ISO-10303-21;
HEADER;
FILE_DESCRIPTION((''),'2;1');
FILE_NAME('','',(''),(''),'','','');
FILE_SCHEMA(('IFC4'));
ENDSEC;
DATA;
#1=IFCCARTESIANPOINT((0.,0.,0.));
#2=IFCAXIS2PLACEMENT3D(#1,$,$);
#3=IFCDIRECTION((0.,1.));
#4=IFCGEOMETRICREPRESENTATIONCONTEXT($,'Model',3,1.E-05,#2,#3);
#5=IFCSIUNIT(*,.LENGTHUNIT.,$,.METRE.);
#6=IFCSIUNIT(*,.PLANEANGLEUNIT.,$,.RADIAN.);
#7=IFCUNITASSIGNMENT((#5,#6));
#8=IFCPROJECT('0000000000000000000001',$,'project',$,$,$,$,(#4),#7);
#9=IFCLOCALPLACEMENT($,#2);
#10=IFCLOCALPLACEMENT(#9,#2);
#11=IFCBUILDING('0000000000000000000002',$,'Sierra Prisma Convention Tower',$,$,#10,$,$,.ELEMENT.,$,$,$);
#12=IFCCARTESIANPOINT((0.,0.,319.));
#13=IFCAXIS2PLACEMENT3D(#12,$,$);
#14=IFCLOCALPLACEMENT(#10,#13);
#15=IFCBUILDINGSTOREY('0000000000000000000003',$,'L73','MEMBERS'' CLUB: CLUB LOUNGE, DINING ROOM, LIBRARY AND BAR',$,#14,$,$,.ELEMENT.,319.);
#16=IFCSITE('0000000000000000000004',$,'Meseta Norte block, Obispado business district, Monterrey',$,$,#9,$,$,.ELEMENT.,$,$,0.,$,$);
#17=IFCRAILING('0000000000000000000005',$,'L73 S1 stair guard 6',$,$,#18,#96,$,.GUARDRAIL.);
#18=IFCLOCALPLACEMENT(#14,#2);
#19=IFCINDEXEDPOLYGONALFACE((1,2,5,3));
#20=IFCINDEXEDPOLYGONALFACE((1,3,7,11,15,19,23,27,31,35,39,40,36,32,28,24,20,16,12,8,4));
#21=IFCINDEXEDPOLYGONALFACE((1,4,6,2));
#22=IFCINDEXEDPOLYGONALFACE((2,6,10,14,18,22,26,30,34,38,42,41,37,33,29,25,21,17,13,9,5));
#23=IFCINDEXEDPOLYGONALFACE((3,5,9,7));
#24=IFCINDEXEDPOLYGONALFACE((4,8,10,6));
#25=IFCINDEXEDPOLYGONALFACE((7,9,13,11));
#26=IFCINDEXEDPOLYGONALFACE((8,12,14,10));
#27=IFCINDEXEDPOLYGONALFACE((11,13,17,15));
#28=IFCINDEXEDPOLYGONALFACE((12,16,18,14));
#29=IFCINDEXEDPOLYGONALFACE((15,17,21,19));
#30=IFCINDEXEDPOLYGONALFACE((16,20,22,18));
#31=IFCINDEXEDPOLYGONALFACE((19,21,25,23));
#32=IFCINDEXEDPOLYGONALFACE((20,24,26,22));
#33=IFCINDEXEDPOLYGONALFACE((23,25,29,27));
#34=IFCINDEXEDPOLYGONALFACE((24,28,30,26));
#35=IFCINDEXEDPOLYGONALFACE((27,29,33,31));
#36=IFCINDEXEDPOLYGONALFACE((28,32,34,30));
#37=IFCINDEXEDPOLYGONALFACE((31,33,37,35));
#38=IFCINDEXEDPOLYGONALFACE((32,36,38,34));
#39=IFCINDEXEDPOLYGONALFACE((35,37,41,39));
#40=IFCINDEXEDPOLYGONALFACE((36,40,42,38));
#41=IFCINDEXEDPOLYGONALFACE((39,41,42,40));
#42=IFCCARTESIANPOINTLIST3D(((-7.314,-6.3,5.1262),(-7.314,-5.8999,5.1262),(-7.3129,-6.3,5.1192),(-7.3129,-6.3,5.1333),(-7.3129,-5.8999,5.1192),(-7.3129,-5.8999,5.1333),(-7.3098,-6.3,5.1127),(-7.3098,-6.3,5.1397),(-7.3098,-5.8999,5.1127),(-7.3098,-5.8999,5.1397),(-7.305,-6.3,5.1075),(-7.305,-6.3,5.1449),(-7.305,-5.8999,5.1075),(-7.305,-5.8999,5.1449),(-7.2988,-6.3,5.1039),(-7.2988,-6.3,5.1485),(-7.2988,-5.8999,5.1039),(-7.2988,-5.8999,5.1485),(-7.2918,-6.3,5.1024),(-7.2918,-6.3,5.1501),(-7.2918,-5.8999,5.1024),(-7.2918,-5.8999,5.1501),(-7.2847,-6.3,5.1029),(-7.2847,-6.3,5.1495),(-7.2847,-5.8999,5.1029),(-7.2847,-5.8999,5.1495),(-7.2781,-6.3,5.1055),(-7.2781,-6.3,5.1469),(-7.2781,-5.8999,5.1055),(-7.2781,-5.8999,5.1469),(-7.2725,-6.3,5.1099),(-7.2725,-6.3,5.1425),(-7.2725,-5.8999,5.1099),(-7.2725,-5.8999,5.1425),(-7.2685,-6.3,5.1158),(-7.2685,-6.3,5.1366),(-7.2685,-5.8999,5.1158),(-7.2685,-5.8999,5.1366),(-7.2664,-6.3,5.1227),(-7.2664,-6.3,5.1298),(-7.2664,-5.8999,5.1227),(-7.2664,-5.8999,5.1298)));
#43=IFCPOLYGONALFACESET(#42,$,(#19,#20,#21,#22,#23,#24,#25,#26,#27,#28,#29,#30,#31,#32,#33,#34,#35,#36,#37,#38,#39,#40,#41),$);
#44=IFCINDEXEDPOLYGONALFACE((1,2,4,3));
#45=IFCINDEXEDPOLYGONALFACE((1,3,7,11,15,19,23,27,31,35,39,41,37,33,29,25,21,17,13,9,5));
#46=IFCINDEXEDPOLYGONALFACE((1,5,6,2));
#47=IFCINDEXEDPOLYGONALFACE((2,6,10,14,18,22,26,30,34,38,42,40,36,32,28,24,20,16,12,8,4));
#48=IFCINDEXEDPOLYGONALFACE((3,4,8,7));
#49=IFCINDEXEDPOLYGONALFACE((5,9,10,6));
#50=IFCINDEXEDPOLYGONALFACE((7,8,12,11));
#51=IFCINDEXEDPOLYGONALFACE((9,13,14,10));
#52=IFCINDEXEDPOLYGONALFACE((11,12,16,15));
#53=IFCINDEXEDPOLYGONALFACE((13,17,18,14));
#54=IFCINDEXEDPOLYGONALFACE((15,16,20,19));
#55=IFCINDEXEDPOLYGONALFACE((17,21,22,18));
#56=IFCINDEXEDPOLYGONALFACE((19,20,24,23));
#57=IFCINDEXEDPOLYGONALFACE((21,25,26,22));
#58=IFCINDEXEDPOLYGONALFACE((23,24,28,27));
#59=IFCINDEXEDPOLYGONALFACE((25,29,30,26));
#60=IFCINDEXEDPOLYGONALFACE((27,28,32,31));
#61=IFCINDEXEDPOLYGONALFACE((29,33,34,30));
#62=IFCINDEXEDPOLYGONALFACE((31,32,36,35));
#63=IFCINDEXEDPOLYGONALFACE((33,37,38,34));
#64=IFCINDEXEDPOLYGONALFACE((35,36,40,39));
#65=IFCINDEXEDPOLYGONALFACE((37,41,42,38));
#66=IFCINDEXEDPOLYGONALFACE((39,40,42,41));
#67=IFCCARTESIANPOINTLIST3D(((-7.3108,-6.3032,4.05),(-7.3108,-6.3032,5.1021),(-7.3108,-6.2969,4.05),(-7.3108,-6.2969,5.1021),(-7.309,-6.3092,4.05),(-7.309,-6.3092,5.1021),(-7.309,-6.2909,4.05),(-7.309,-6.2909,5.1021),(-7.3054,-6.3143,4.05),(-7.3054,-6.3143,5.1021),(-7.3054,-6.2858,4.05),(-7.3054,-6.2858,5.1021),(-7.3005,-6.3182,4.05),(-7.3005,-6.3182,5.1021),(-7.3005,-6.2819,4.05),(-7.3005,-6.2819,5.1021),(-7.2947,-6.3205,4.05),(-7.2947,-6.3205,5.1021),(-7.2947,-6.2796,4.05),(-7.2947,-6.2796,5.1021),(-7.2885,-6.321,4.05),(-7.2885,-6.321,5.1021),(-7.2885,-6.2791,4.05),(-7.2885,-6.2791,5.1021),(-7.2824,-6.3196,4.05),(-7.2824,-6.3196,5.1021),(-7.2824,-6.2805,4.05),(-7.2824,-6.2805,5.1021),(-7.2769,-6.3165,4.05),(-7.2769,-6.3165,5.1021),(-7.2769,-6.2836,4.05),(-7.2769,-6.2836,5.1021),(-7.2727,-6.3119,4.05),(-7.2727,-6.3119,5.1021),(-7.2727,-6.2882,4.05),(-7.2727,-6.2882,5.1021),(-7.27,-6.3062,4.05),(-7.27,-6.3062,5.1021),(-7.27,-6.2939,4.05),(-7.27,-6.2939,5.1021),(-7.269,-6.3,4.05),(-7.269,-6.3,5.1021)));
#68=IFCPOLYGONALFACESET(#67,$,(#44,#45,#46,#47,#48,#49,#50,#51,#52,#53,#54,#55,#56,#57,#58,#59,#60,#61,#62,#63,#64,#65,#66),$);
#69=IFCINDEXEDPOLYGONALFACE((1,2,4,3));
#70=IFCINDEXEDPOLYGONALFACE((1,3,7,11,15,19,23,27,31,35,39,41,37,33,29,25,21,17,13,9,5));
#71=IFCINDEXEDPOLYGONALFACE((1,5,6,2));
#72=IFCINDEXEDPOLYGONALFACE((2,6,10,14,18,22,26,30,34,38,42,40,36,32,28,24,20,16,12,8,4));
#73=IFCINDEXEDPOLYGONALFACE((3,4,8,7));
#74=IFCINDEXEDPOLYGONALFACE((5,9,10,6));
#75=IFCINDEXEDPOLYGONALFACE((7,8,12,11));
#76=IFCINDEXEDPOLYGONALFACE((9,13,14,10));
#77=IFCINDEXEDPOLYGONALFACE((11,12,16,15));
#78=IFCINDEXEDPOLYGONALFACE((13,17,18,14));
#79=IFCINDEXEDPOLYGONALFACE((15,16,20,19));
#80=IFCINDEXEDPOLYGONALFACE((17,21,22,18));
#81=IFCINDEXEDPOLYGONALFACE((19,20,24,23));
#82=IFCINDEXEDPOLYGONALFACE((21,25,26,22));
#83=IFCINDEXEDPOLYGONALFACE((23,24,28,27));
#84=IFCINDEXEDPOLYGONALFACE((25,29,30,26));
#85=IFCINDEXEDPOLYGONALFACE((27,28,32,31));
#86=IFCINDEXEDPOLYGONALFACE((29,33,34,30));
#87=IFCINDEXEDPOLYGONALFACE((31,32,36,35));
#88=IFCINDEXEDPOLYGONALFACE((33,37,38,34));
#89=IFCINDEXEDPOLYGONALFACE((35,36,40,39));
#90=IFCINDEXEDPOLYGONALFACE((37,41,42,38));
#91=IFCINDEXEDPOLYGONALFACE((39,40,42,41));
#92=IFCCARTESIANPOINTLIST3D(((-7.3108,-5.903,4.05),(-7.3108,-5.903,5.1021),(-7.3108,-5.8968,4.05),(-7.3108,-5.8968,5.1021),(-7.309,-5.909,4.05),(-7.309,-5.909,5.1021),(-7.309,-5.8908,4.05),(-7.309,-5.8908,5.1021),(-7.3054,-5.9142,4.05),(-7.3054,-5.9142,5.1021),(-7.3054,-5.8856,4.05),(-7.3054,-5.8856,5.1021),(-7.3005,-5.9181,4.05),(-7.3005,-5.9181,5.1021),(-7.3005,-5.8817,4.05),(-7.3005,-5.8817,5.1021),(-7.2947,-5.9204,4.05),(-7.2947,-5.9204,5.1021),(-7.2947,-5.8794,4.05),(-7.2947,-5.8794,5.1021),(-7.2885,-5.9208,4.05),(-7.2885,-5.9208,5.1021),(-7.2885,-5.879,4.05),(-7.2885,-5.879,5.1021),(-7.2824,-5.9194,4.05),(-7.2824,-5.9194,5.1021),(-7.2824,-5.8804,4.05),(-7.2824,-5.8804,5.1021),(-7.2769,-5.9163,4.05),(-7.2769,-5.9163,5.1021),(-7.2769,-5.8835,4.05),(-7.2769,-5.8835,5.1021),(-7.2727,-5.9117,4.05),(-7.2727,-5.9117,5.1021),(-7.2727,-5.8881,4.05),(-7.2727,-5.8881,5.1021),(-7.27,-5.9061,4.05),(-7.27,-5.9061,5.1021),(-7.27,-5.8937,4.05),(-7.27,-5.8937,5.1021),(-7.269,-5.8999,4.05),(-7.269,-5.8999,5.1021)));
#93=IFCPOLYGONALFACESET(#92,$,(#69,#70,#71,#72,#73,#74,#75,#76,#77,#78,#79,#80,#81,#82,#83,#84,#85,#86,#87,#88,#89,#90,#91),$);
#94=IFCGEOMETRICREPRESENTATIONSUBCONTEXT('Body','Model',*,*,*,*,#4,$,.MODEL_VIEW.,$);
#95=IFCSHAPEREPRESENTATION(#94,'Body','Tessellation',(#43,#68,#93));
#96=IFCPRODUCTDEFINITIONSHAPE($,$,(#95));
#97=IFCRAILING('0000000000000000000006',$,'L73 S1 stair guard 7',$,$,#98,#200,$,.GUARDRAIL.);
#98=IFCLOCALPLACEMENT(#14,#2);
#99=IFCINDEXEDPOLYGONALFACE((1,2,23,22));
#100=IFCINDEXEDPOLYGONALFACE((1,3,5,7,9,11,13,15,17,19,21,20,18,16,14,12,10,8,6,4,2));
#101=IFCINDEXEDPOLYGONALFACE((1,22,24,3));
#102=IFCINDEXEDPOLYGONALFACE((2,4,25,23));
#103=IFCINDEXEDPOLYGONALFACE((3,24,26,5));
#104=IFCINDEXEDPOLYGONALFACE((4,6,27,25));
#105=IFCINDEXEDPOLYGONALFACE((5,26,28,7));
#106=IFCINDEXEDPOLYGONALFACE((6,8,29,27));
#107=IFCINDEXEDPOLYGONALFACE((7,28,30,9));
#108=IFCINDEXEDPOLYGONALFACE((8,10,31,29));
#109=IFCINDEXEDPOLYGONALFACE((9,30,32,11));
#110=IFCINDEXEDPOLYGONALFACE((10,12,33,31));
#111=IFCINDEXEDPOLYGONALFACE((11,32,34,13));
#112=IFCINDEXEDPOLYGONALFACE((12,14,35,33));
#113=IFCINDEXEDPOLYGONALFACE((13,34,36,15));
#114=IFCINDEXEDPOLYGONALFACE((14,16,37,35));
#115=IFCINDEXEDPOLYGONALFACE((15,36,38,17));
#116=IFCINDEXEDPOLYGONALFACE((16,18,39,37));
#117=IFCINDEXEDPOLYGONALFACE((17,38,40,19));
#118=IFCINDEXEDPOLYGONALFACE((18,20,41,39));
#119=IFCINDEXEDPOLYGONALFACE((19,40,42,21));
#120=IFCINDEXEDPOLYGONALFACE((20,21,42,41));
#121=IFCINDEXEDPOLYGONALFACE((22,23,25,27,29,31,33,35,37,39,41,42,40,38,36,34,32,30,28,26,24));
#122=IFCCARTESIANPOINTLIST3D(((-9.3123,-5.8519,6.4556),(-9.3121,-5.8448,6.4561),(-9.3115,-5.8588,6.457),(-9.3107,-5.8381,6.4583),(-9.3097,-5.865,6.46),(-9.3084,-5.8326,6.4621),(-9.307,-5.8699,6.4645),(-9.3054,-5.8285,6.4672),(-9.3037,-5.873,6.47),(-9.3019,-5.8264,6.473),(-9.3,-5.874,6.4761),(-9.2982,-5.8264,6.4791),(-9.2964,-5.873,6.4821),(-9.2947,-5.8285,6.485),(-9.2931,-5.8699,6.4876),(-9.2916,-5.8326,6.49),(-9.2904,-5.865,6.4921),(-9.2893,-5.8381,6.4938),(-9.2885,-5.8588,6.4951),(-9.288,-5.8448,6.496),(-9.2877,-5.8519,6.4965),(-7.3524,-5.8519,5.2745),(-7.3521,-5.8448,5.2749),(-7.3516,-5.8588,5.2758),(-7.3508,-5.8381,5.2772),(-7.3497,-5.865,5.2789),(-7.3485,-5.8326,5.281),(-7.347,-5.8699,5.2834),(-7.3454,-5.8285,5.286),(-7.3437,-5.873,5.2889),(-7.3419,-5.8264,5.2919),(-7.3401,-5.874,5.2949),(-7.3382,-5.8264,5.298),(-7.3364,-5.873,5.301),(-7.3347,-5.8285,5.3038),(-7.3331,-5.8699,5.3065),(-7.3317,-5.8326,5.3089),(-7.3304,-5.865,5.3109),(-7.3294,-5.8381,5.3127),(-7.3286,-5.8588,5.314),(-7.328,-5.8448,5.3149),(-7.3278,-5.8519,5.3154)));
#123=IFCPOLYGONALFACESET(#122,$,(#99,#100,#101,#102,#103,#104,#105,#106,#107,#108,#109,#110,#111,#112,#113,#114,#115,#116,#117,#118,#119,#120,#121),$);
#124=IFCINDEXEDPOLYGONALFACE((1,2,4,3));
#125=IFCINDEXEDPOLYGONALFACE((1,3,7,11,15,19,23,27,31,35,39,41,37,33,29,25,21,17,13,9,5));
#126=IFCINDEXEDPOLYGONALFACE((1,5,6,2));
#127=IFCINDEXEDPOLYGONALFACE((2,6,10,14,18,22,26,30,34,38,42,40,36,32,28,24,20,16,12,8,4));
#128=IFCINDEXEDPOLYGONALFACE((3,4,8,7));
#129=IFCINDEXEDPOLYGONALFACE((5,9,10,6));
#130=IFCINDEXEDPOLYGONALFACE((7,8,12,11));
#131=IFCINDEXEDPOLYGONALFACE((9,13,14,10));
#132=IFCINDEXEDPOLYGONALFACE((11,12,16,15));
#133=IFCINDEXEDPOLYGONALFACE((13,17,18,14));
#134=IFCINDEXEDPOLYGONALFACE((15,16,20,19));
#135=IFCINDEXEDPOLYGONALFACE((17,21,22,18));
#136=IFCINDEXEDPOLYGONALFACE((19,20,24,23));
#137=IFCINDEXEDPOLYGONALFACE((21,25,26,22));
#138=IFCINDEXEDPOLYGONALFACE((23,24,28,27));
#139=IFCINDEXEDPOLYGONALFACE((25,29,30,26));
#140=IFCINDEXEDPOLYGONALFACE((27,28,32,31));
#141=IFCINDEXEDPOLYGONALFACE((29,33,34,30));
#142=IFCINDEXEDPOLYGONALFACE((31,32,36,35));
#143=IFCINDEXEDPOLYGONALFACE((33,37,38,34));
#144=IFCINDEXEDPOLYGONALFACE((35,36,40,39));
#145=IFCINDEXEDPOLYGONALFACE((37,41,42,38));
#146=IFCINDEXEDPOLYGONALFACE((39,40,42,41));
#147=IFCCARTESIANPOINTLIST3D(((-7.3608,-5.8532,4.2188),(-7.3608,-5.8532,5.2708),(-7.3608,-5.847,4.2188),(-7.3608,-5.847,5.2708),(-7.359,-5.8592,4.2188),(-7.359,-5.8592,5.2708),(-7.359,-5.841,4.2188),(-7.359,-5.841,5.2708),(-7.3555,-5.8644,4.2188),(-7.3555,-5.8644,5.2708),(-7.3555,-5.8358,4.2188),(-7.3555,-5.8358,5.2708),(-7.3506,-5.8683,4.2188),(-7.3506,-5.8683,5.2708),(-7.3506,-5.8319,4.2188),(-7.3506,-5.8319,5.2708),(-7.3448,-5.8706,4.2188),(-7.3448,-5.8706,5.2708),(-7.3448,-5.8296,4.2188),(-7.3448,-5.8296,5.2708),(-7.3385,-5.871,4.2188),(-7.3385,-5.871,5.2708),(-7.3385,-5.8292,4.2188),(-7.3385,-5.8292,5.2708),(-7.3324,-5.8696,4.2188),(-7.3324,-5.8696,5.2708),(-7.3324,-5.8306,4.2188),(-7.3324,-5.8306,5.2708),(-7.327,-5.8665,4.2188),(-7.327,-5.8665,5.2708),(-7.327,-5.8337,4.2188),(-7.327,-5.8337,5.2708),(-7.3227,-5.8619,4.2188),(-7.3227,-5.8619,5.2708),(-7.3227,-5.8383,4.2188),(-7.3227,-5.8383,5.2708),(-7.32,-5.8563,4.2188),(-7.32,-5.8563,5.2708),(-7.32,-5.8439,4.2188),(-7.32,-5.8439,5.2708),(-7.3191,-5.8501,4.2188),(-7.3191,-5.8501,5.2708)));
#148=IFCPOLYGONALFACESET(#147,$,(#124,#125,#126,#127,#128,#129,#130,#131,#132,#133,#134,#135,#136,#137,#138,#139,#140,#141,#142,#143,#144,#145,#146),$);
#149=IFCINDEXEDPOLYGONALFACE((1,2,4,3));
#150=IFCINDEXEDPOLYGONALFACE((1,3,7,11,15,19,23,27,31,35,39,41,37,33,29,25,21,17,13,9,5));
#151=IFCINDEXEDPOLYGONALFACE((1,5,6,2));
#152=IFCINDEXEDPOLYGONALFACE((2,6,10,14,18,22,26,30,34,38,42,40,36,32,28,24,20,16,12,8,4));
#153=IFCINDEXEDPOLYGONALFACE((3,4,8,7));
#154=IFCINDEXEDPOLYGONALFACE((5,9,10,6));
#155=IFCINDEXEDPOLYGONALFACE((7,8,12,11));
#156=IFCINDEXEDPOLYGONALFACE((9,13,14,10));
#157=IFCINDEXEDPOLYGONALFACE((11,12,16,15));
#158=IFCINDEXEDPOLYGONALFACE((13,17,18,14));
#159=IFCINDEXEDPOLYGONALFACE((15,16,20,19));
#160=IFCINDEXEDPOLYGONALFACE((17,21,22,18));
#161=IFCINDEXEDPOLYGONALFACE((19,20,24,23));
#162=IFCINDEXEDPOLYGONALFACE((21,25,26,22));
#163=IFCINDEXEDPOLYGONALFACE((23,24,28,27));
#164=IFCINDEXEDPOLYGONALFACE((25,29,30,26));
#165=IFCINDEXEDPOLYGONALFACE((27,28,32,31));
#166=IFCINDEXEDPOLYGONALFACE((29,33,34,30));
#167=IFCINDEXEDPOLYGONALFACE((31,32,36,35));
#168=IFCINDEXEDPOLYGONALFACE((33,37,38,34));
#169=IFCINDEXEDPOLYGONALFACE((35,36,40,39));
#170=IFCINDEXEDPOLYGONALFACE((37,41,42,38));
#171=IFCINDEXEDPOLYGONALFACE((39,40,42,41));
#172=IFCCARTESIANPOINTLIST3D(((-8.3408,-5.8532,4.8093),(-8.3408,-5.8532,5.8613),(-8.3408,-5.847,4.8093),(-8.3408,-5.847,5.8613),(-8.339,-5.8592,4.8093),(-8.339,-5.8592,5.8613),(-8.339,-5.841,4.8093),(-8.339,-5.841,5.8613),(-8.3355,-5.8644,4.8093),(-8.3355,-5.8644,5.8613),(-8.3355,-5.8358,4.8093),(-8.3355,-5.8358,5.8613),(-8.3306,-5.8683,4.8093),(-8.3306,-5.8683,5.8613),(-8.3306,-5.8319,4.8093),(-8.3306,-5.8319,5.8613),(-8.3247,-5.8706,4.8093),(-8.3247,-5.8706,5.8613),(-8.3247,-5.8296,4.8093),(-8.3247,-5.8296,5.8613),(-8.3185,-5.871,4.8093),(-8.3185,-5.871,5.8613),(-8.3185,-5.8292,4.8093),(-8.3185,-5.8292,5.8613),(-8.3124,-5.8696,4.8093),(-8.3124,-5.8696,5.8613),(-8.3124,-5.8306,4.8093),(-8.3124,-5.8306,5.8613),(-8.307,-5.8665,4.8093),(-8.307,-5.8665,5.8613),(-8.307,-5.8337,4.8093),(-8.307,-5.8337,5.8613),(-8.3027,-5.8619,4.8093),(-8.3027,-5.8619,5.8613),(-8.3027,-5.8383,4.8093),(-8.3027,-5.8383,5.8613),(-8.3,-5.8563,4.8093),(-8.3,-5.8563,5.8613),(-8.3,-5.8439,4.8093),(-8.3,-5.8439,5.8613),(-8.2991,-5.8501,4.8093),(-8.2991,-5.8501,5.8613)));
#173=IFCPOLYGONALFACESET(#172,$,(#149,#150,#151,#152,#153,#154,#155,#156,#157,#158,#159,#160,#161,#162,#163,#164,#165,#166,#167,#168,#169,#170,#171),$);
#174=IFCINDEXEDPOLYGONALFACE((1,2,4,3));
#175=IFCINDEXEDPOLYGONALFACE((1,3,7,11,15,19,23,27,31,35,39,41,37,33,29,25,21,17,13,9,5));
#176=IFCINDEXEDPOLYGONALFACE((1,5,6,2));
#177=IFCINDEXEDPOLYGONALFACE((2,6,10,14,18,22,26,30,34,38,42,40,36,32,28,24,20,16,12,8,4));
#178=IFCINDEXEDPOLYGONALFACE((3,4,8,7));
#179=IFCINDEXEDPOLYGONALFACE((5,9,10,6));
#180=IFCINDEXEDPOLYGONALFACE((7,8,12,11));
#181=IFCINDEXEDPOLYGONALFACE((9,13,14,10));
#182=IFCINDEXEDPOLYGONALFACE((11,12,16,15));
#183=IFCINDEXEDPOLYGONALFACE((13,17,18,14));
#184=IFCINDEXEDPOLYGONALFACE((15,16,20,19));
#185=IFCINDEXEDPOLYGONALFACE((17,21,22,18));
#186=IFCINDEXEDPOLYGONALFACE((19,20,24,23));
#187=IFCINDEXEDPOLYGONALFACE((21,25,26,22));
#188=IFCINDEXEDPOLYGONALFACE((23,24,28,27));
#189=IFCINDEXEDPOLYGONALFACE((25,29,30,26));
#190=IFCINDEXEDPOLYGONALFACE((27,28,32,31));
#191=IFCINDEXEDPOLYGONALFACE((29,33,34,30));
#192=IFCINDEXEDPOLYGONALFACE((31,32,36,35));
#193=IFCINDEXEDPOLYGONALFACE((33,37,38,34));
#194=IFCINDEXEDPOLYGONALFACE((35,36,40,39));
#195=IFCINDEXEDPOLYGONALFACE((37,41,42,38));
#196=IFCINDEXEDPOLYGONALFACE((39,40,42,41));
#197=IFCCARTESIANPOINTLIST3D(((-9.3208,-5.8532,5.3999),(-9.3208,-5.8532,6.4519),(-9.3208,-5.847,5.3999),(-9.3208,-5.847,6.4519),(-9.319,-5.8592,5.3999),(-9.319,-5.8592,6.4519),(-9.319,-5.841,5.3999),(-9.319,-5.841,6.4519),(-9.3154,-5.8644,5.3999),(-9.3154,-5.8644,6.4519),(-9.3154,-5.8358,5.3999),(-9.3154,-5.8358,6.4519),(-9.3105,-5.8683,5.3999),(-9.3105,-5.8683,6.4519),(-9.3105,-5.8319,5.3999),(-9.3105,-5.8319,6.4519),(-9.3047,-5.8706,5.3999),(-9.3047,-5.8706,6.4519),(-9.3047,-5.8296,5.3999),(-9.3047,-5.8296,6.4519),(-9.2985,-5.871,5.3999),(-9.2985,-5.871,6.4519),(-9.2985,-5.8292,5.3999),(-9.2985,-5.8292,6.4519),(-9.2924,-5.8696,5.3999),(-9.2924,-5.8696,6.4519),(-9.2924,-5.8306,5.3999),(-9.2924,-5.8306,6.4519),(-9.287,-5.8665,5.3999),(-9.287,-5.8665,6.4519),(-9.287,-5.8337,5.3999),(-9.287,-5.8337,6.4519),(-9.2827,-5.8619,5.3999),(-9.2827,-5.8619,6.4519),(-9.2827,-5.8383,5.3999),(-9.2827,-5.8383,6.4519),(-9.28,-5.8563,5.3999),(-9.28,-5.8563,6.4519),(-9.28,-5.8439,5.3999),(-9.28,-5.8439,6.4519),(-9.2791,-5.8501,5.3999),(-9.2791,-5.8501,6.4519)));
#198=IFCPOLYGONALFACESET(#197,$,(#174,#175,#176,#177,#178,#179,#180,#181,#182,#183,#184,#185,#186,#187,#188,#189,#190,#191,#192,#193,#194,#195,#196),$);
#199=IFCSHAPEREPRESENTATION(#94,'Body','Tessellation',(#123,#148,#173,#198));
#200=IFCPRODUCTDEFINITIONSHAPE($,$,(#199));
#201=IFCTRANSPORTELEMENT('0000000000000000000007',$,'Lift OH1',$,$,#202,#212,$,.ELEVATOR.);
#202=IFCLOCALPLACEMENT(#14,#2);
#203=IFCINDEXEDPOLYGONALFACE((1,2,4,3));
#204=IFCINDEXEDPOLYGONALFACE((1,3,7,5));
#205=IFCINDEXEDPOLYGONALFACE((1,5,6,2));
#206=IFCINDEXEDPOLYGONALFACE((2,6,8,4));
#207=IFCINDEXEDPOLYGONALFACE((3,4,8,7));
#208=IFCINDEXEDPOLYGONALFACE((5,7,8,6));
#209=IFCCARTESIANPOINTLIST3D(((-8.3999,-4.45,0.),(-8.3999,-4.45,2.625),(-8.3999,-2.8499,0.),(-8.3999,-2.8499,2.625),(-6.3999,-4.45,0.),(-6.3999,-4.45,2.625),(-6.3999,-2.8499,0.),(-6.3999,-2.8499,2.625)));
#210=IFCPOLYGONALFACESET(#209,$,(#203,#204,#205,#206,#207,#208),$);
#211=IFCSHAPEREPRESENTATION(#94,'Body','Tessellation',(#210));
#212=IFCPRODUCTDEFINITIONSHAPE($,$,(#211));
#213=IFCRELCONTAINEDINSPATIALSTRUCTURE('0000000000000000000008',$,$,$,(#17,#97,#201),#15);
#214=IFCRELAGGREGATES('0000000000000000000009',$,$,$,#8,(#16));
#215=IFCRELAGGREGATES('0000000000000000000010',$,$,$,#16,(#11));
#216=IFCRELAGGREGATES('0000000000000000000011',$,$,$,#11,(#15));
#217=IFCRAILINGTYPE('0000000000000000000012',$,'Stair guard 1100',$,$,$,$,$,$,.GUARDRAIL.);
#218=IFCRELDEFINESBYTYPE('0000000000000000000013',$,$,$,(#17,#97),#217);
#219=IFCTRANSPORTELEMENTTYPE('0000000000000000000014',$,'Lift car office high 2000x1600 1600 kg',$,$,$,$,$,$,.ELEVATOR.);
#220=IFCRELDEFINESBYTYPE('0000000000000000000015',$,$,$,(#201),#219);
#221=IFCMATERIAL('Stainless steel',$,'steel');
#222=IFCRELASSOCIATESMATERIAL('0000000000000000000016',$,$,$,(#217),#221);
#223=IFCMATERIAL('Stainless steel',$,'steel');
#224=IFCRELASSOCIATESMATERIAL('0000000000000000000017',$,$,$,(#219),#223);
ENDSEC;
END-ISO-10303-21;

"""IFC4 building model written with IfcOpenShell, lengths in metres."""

from ifc_helpers import new_model, si_unit, direction, frame, origin, origin_2d, place, context, subcontext, project, spatial, rectangle, circle, extrude, material, type_object, element, save


model = new_model("IFC4")

# Units and contexts
model_context = context("Model", 3, precision=1e-05, world=origin(), true_north=direction((0.0, 1.0)))
body_context = subcontext(model_context, "Body", "Model", "MODEL_VIEW")
ifc_project = project(units=[si_unit("LENGTHUNIT", "METRE"), si_unit("PLANEANGLEUNIT", "RADIAN")], contexts=[model_context])

# Site, building, storey
site_placement = place(None, origin())
site = spatial("IfcSite", under=ifc_project, at=site_placement, Name="Meseta Norte block, Obispado business district, Monterrey", CompositionType="ELEMENT", RefElevation=0.0)
building_placement = place(site_placement, origin())
building = spatial("IfcBuilding", under=site, at=building_placement, Name="Sierra Prisma Convention Tower", CompositionType="ELEMENT")
storey_placement = place(building_placement, frame((0.0, 0.0, 319.0)))
storey = spatial("IfcBuildingStorey", under=building, at=storey_placement, Name="L73", Description="MEMBERS' CLUB: CLUB LOUNGE, DINING ROOM, LIBRARY AND BAR", CompositionType="ELEMENT", Elevation=319.0)

# Railings
ifc_material_1 = material(Name="Stainless steel", Category="steel")
railing_type_1 = type_object("IfcRailingType", Name="Stair guard 1100", PredefinedType="GUARDRAIL", material=ifc_material_1)
railing_1_placement = place(storey_placement, frame((-7.29, -6.3, 4.05)))
element("IfcRailing", 1, at=railing_1_placement, inside=storey, type_object=railing_type_1, Name="L73 S1 stair guard 6", PredefinedType="GUARDRAIL", context=body_context, shape_type="SweptSolid", body=[
    extrude(circle(Radius=0.0239, at=origin_2d()), frame((0.0, 0.0, 1.0762), z_axis=(0.0, 1.0, 0.0), x_axis=(-1.0, 0.0, 0.0)), (0.0, 0.0, 1.0), 0.4001),
    extrude(circle(Radius=0.021, at=origin_2d()), origin(), (0.0, 0.0, 1.0), 1.052),
    extrude(circle(Radius=0.021, at=origin_2d()), frame((0.0, 0.4001, 0.0)), (0.0, 0.0, 1.0), 1.052),
])
railing_2_placement = place(storey_placement, frame((-7.3401, -5.8501, 4.2188)))
element("IfcRailing", 2, at=railing_2_placement, inside=storey, type_object=railing_type_1, Name="L73 S1 stair guard 7", PredefinedType="GUARDRAIL", context=body_context, shape_type="SweptSolid", body=[
    extrude(circle(Radius=0.0239, at=origin_2d()), frame((0.0, 0.0, 1.0762), z_axis=(-0.856493, 0.0, 0.516158), x_axis=(0.0, -1.0, 0.0)), (0.0, 0.0, 1.0), 2.2883),
    extrude(circle(Radius=0.021, at=origin_2d()), origin(), (0.0, 0.0, 1.0), 1.052),
    extrude(circle(Radius=0.021, at=origin_2d()), frame((-0.98, 0.0, 0.5906)), (0.0, 0.0, 1.0), 1.052),
    extrude(circle(Radius=0.021, at=origin_2d()), frame((-1.96, 0.0, 1.1812)), (0.0, 0.0, 1.0), 1.052),
])

# Transport element
ifc_material_2 = material(Name="Stainless steel", Category="steel")
transport_element_type = type_object("IfcTransportElementType", Name="Lift car office high 2000x1600 1600 kg", PredefinedType="ELEVATOR", material=ifc_material_2)
for number, where, z_axis, x_axis, name in (
    (3, (-7.3999, -3.6499, 0.0), (0.0, 0.0, 1.0), (1.0, 0.0, 0.0), "Lift OH1"),
):
    element("IfcTransportElement", number, at=place(storey_placement, frame(where, z_axis=z_axis, x_axis=x_axis)), inside=storey, type_object=transport_element_type, Name=name, PredefinedType="ELEVATOR", context=body_context, shape_type="SweptSolid", body=[
        extrude(rectangle(XDim=2.0, YDim=1.6001, at=origin_2d()), origin(), (0.0, 0.0, 1.0), 2.625),
    ])

save(model, "model.ifc")
